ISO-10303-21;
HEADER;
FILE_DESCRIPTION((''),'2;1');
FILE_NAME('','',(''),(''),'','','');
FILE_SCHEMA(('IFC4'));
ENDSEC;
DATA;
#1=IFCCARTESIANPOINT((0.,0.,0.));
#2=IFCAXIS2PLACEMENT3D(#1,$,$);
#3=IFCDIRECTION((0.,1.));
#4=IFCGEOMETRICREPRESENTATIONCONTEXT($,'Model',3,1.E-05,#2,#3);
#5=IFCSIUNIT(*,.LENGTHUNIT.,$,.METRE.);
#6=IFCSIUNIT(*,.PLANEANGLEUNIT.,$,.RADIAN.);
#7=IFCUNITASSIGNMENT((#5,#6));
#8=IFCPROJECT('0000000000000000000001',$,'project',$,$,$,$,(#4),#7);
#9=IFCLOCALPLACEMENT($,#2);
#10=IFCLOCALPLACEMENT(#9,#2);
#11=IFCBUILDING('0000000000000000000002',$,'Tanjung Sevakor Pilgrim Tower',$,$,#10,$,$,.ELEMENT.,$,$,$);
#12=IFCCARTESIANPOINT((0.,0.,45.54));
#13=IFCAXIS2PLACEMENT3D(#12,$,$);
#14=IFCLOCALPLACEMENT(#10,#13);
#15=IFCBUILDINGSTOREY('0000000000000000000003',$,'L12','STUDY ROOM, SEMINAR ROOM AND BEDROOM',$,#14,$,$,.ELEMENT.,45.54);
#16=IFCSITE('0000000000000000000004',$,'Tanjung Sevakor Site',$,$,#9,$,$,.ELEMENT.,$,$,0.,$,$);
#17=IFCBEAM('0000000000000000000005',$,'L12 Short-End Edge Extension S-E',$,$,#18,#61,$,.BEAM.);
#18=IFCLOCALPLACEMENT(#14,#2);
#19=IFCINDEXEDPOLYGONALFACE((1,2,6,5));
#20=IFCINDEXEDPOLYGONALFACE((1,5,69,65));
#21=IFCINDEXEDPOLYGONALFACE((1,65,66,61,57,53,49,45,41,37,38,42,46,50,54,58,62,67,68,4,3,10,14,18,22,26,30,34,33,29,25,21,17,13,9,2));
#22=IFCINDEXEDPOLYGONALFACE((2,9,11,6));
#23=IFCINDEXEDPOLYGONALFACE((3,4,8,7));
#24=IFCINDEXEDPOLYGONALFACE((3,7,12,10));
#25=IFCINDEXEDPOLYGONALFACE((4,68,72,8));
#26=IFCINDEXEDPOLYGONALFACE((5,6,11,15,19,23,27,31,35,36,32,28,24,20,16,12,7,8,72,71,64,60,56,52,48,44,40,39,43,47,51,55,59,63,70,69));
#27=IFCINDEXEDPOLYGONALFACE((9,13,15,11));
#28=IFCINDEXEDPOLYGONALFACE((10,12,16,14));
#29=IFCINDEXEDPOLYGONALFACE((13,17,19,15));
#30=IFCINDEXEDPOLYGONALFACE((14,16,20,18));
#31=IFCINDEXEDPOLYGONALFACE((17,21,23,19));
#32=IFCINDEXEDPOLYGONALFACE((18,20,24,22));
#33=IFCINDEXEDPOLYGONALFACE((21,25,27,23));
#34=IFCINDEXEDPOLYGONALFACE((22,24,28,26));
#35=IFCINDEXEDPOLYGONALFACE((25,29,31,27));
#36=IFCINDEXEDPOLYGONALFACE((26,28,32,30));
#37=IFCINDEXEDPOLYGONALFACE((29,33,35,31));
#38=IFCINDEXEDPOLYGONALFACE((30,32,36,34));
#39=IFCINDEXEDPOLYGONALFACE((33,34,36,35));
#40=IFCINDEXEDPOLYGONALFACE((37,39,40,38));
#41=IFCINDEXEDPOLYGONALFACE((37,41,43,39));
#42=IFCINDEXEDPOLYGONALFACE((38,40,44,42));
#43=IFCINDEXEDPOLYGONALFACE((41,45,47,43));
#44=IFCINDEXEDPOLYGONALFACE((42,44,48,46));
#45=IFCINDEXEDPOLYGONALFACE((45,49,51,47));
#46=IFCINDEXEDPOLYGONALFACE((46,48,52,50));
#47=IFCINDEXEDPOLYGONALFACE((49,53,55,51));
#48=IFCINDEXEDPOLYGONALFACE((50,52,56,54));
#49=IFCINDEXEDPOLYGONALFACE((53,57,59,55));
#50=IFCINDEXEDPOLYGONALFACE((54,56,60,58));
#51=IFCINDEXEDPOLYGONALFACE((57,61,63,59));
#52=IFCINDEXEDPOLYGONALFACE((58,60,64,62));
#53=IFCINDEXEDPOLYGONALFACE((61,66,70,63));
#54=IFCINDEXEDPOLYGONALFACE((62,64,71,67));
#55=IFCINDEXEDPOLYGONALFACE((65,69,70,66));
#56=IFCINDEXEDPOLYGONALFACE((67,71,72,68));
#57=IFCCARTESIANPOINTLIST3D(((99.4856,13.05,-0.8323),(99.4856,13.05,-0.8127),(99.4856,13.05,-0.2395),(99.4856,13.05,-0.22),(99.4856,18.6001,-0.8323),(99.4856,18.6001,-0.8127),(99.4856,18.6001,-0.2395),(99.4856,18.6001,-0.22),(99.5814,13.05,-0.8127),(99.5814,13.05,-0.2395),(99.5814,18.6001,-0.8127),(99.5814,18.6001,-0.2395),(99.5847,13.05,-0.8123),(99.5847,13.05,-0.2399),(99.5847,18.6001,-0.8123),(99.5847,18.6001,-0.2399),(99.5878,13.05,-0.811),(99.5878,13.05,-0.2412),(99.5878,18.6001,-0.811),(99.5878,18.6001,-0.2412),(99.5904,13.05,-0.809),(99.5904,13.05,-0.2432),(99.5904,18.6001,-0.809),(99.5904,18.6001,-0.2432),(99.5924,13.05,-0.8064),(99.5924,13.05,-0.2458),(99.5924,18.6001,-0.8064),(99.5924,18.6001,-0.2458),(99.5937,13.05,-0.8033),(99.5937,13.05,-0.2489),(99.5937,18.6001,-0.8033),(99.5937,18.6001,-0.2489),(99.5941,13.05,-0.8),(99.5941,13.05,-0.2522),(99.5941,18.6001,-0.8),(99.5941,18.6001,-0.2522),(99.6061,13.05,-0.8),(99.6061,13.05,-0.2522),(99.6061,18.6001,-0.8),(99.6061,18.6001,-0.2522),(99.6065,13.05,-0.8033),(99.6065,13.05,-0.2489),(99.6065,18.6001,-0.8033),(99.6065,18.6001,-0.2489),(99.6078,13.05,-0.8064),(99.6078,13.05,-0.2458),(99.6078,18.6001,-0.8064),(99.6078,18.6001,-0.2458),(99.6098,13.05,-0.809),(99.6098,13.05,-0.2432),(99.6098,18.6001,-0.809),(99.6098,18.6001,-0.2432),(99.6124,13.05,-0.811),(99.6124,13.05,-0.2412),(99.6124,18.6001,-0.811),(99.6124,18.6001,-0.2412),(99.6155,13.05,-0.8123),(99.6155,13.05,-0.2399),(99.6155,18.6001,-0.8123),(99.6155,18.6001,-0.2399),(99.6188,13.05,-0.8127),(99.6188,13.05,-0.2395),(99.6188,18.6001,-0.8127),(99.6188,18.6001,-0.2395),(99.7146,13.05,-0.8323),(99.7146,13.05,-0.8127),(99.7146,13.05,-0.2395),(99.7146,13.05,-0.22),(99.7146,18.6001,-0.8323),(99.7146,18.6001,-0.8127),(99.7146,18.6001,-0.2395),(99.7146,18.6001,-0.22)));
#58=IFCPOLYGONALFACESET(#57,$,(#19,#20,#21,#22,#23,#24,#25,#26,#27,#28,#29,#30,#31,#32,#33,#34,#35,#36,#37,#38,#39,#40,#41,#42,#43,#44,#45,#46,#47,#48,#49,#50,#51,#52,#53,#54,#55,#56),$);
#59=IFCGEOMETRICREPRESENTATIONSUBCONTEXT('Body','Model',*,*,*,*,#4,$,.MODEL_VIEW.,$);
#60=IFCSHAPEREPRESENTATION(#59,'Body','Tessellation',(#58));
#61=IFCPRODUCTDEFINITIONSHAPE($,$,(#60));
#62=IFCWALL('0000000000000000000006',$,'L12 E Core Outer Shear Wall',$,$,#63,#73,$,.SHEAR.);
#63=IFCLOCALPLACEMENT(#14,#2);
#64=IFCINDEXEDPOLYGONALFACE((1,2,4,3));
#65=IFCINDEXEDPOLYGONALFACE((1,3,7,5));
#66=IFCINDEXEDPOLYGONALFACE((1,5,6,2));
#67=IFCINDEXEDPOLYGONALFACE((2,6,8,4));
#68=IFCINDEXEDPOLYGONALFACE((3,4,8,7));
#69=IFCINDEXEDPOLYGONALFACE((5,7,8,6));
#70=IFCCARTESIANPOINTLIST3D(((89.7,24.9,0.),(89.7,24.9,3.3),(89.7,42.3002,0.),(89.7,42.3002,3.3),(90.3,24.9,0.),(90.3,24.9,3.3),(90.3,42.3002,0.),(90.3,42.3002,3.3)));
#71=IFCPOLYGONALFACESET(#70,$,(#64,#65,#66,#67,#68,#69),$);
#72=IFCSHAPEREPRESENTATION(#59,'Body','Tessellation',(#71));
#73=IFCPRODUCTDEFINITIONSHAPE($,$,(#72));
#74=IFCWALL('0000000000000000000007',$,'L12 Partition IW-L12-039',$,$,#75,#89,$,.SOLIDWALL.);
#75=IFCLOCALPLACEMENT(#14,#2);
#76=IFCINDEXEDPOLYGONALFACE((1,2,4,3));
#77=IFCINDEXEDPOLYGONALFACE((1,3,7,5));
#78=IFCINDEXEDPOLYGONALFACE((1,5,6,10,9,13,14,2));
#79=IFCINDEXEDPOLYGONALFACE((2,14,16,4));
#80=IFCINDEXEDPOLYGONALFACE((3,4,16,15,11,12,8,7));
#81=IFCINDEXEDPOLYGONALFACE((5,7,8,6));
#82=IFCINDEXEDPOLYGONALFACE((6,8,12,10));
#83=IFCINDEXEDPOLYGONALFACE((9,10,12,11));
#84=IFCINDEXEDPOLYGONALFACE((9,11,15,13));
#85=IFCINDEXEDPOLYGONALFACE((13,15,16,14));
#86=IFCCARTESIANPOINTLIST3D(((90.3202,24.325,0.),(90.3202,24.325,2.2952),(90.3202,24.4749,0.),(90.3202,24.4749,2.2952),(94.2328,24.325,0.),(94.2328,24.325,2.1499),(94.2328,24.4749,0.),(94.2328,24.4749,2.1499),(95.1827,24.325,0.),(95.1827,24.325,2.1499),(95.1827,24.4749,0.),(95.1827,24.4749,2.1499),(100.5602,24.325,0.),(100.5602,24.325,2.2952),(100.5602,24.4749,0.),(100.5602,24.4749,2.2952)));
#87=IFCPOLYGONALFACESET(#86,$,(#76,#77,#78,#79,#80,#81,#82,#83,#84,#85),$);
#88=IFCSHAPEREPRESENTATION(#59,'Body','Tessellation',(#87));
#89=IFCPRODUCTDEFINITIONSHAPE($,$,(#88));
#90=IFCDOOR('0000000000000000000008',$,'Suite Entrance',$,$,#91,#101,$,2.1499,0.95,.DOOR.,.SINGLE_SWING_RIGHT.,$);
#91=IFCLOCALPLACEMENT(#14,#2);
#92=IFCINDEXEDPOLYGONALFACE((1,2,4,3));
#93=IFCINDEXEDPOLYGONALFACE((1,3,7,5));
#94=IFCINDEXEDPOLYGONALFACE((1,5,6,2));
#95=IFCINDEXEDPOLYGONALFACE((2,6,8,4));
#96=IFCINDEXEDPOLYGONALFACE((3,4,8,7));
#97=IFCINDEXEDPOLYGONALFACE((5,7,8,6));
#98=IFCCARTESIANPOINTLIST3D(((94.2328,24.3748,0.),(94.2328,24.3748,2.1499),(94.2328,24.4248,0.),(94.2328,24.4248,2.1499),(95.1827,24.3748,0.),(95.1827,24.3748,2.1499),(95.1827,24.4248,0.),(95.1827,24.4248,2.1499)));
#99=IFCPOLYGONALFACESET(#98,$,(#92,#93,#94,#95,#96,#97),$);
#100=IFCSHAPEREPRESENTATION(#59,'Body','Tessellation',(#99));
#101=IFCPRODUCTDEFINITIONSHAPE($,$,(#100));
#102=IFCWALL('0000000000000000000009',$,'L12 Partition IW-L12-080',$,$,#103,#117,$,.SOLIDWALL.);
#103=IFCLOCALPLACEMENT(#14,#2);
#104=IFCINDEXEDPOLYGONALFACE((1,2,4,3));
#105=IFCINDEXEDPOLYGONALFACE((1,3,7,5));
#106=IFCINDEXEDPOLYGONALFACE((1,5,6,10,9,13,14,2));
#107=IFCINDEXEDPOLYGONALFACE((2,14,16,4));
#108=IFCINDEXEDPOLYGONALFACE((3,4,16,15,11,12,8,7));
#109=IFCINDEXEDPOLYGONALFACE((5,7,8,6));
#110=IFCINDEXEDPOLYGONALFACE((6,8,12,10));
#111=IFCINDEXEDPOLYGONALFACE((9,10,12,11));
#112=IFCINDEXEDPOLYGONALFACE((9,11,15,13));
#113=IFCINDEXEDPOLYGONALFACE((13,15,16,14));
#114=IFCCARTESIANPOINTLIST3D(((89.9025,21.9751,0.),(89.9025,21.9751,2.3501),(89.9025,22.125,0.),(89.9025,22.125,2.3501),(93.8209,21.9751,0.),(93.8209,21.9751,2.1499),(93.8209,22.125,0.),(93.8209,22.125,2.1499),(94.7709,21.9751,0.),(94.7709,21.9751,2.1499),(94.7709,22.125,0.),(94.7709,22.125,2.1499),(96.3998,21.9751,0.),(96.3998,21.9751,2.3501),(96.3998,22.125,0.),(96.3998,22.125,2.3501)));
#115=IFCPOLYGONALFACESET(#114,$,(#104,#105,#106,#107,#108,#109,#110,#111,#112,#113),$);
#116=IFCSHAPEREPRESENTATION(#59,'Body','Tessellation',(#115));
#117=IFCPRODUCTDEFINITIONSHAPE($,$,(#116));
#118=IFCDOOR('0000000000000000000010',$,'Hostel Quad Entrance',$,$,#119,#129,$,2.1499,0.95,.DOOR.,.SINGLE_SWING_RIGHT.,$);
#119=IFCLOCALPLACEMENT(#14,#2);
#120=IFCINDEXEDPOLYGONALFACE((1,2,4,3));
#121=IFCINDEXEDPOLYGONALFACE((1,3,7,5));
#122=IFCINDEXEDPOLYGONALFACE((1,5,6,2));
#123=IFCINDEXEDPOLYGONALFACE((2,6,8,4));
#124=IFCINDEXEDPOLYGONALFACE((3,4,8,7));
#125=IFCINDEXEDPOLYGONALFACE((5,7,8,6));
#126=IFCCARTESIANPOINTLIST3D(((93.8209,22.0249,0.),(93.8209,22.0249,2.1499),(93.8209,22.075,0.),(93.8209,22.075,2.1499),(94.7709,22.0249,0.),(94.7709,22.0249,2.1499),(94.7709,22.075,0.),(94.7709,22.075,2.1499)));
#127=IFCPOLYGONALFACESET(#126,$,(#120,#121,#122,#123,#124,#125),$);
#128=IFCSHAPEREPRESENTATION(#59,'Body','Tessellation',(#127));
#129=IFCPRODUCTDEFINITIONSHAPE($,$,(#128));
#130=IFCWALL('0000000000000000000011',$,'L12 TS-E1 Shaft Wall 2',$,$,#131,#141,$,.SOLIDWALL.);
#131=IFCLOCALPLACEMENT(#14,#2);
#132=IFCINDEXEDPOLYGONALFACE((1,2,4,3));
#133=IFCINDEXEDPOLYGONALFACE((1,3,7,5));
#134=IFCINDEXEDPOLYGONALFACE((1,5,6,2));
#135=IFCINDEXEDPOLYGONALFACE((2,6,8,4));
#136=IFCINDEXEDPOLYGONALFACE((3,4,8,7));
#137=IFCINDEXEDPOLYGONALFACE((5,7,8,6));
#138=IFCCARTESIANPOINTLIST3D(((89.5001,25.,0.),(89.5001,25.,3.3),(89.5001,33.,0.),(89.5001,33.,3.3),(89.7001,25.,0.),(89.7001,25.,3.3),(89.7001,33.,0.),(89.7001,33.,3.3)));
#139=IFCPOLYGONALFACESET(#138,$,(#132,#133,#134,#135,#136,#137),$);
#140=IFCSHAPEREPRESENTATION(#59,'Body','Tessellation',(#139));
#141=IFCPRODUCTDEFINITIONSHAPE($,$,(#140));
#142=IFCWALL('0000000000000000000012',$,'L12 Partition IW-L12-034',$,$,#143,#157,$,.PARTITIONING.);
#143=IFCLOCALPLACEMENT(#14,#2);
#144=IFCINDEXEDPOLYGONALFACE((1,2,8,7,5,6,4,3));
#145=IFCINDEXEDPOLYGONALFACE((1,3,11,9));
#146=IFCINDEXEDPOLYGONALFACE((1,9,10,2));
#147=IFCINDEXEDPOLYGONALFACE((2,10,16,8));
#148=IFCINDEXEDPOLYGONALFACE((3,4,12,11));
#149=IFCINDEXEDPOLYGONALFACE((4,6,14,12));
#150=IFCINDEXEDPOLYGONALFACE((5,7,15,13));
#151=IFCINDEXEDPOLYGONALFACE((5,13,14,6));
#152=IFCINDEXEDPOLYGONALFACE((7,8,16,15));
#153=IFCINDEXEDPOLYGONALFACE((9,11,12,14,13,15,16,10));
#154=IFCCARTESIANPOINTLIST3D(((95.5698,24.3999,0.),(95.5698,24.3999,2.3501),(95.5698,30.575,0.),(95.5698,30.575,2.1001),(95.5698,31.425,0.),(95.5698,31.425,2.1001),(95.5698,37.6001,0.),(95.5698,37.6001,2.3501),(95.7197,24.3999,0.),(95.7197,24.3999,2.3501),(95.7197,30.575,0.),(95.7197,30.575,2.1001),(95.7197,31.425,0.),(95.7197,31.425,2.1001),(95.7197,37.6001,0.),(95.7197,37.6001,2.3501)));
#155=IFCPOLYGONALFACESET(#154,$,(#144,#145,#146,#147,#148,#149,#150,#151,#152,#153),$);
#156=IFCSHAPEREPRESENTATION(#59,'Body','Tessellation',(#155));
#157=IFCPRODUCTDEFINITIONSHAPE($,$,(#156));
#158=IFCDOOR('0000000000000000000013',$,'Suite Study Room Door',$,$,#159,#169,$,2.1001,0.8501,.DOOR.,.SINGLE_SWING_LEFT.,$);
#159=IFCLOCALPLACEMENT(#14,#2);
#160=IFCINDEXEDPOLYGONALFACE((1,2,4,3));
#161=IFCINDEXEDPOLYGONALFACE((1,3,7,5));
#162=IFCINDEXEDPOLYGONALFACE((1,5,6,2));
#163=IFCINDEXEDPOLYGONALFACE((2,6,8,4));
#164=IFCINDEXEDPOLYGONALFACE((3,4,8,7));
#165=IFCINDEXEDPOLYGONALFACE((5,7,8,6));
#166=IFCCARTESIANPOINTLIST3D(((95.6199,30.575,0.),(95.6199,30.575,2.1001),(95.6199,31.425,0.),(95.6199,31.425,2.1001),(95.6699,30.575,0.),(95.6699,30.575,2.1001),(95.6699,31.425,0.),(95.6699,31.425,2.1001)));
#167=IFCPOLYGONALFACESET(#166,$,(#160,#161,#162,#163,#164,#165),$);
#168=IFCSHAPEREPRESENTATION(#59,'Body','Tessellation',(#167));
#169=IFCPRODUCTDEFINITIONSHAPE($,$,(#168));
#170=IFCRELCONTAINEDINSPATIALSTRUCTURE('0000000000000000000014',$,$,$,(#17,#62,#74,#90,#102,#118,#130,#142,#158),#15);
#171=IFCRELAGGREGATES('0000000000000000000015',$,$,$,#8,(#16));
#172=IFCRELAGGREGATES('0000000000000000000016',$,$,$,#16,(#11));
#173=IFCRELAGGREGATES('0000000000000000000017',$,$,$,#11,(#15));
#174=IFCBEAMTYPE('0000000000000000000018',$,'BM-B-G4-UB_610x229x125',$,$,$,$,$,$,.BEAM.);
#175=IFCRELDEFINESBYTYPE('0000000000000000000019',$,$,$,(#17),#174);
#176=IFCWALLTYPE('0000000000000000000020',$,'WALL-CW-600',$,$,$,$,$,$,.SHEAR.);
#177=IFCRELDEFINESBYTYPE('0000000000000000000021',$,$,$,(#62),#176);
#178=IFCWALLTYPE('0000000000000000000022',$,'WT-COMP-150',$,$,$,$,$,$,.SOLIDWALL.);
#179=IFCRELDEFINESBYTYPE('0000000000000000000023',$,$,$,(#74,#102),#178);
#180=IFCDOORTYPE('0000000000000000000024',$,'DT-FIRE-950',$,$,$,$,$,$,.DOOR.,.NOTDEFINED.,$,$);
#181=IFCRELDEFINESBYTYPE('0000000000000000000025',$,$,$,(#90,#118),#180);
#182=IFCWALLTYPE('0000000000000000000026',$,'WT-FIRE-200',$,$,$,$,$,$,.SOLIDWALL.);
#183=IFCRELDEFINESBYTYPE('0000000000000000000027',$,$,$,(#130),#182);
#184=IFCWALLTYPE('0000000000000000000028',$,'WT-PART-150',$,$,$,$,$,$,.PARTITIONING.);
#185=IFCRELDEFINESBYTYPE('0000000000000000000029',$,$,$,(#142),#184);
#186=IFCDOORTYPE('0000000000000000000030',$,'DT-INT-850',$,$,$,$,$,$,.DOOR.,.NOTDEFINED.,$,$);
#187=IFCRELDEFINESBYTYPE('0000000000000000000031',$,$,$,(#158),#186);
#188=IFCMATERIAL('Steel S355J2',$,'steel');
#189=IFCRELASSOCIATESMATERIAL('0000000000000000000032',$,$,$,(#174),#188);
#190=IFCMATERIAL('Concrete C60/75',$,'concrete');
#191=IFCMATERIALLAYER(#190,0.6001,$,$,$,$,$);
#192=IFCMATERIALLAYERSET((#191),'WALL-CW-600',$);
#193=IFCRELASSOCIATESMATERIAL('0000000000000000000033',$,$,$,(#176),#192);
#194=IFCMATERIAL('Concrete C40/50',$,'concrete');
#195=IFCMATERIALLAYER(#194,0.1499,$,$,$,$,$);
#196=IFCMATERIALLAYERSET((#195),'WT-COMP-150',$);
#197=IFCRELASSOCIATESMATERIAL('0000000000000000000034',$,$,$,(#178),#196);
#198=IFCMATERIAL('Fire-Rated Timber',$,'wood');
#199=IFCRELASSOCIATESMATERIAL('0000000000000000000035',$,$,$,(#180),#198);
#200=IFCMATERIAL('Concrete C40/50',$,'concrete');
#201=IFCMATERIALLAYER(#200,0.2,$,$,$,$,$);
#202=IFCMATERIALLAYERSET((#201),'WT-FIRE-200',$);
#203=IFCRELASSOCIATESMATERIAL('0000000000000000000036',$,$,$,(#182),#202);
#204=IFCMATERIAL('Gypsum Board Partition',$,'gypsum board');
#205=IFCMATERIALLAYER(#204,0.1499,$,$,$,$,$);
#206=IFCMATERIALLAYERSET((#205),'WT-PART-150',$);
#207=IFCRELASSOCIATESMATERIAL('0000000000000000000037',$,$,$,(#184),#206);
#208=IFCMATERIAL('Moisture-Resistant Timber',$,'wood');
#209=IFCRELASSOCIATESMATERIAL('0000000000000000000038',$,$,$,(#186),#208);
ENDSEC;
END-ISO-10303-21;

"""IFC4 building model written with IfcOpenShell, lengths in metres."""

from ifc_helpers import new_model, si_unit, direction, frame, frame_2d, origin, origin_2d, place, context, subcontext, project, spatial, rectangle, i_section, extrude, material, layer, layer_set, material_profile, profile_set, type_object, element, fill, save


model = new_model("IFC4")

# Units and contexts
model_context = context("Model", 3, precision=1e-05, world=origin(), true_north=direction((0.0, 1.0)))
body_context = subcontext(model_context, "Body", "Model", "MODEL_VIEW")
ifc_project = project(units=[si_unit("LENGTHUNIT", "METRE"), si_unit("PLANEANGLEUNIT", "RADIAN")], contexts=[model_context])

# Site, building, storey
site_placement = place(None, origin())
site = spatial("IfcSite", under=ifc_project, at=site_placement, Name="Tanjung Sevakor Site", CompositionType="ELEMENT", RefElevation=0.0)
building_placement = place(site_placement, origin())
building = spatial("IfcBuilding", under=site, at=building_placement, Name="Tanjung Sevakor Pilgrim Tower", CompositionType="ELEMENT")
storey_placement = place(building_placement, frame((0.0, 0.0, 45.54)))
storey = spatial("IfcBuildingStorey", under=building, at=storey_placement, Name="L12", Description="STUDY ROOM, SEMINAR ROOM AND BEDROOM", CompositionType="ELEMENT", Elevation=45.54)

# Beam
ifc_material_1 = material(Name="Steel S355J2", Category="steel")
ifc_material_profile_1 = material_profile(ifc_material_1, i_section(OverallWidth=0.229, OverallDepth=0.6123, WebThickness=0.012, FlangeThickness=0.0195, FilletRadius=0.0127, at=origin_2d()))
ifc_profile_set_1 = profile_set([ifc_material_profile_1], Name="Steel S355J2")
beam_type_1 = type_object("IfcBeamType", Name="BM-B-G4-UB_610x229x125", PredefinedType="BEAM", material=ifc_profile_set_1)
beam_1_placement = place(storey_placement, frame((99.6001, 18.6001, -0.5261), z_axis=(0.0, -1.0, 0.0), x_axis=(1.0, 0.0, 0.0)))
element("IfcBeam", 1, at=beam_1_placement, inside=storey, type_object=beam_type_1, Name="L12 Short-End Edge Extension S-E", PredefinedType="BEAM", context=body_context, shape_type="SweptSolid", body=[
    extrude(i_section(OverallWidth=0.229, OverallDepth=0.6123, WebThickness=0.012, FlangeThickness=0.0195, FilletRadius=0.0127, at=origin_2d()), origin(), (0.0, 0.0, 1.0), 5.55),
])

# Wall
ifc_material_2 = material(Name="Concrete C60/75", Category="concrete")
ifc_layer_1 = layer(ifc_material_2, 0.6001)
ifc_layer_set_1 = layer_set([ifc_layer_1], Name="WALL-CW-600")
wall_type_1 = type_object("IfcWallType", Name="WALL-CW-600", PredefinedType="SHEAR", material=ifc_layer_set_1)
wall_1_placement = place(storey_placement, frame((90.0, 24.8999, 0.0), z_axis=(0.0, 0.0, 1.0), x_axis=(0.0, 1.0, 0.0)))
element("IfcWall", 2, at=wall_1_placement, inside=storey, type_object=wall_type_1, Name="L12 E Core Outer Shear Wall", PredefinedType="SHEAR", context=body_context, shape_type="SweptSolid", body=[
    extrude(rectangle(XDim=17.4001, YDim=0.6001, at=frame_2d((8.7002, 0.0))), origin(), (0.0, 0.0, 1.0), 3.3),
])

# Walls, openings, doors
ifc_material_3 = material(Name="Concrete C40/50", Category="concrete")
ifc_layer_2 = layer(ifc_material_3, 0.1499)
ifc_layer_set_2 = layer_set([ifc_layer_2], Name="WT-COMP-150")
wall_type_2 = type_object("IfcWallType", Name="WT-COMP-150", PredefinedType="SOLIDWALL", material=ifc_layer_set_2)
wall_2_placement = place(storey_placement, frame((90.3201, 24.3999, 0.0), z_axis=(0.0, 0.0, 1.0), x_axis=(1.0, 0.0, 0.0)))
wall_2 = element("IfcWall", 3, at=wall_2_placement, inside=storey, type_object=wall_type_2, Name="L12 Partition IW-L12-039", PredefinedType="SOLIDWALL", context=body_context, shape_type="SweptSolid", body=[
    extrude(rectangle(XDim=10.24, YDim=0.1499, at=frame_2d((5.1201, 0.0))), origin(), (0.0, 0.0, 1.0), 2.2952),
])
opening_1_placement = place(wall_2_placement, frame((3.9126, 0.0, 0.0)))
opening_1 = element("IfcOpeningElement", 4, at=opening_1_placement, cuts=wall_2, PredefinedType="OPENING", context=body_context, shape_type="SweptSolid", body=[
    extrude(rectangle(XDim=0.95, YDim=2.1499, at=frame_2d((0.4751, 1.075))), frame((0.0, 0.085, 0.0), z_axis=(0.0, -1.0, 0.0), x_axis=(1.0, 0.0, 0.0)), (0.0, 0.0, 1.0), 0.1699),
])
ifc_material_4 = material(Name="Fire-Rated Timber", Category="wood")
door_type_1 = type_object("IfcDoorType", Name="DT-FIRE-950", OperationType="NOTDEFINED", PredefinedType="DOOR", material=ifc_material_4)
door_1_placement = place(opening_1_placement, origin())
door_1 = element("IfcDoor", 5, at=door_1_placement, inside=storey, type_object=door_type_1, Name="Suite Entrance", OperationType="SINGLE_SWING_RIGHT", OverallHeight=2.1499, OverallWidth=0.95, PredefinedType="DOOR", context=body_context, shape_type="SweptSolid", body=[
    extrude(rectangle(XDim=0.95, YDim=2.1499, at=frame_2d((0.4751, 1.075))), frame((0.0, 0.0249, 0.0), z_axis=(0.0, -1.0, 0.0), x_axis=(1.0, 0.0, 0.0)), (0.0, 0.0, 1.0), 0.05),
])
fill(opening_1, door_1)
wall_3_placement = place(storey_placement, frame((89.9026, 22.05, 0.0), z_axis=(0.0, 0.0, 1.0), x_axis=(1.0, 0.0, 0.0)))
wall_3 = element("IfcWall", 6, at=wall_3_placement, inside=storey, type_object=wall_type_2, Name="L12 Partition IW-L12-080", PredefinedType="SOLIDWALL", context=body_context, shape_type="SweptSolid", body=[
    extrude(rectangle(XDim=6.4973, YDim=0.1499, at=frame_2d((3.2485, 0.0))), origin(), (0.0, 0.0, 1.0), 2.3501),
])
opening_2_placement = place(wall_3_placement, frame((3.9182, 0.0, 0.0)))
opening_2 = element("IfcOpeningElement", 7, at=opening_2_placement, cuts=wall_3, PredefinedType="OPENING", context=body_context, shape_type="SweptSolid", body=[
    extrude(rectangle(XDim=0.95, YDim=2.1499, at=frame_2d((0.4751, 1.075))), frame((0.0, 0.085, 0.0), z_axis=(0.0, -1.0, 0.0), x_axis=(1.0, 0.0, 0.0)), (0.0, 0.0, 1.0), 0.1699),
])
door_2_placement = place(opening_2_placement, origin())
door_2 = element("IfcDoor", 8, at=door_2_placement, inside=storey, type_object=door_type_1, Name="Hostel Quad Entrance", OperationType="SINGLE_SWING_RIGHT", OverallHeight=2.1499, OverallWidth=0.95, PredefinedType="DOOR", context=body_context, shape_type="SweptSolid", body=[
    extrude(rectangle(XDim=0.95, YDim=2.1499, at=frame_2d((0.4751, 1.075))), frame((0.0, 0.0249, 0.0), z_axis=(0.0, -1.0, 0.0), x_axis=(1.0, 0.0, 0.0)), (0.0, 0.0, 1.0), 0.05),
])
fill(opening_2, door_2)

# Wall
ifc_material_5 = material(Name="Concrete C40/50", Category="concrete")
ifc_layer_3 = layer(ifc_material_5, 0.2)
ifc_layer_set_3 = layer_set([ifc_layer_3], Name="WT-FIRE-200")
wall_type_3 = type_object("IfcWallType", Name="WT-FIRE-200", PredefinedType="SOLIDWALL", material=ifc_layer_set_3)
wall_4_placement = place(storey_placement, frame((89.6001, 25.0, 0.0), z_axis=(0.0, 0.0, 1.0), x_axis=(0.0, 1.0, 0.0)))
element("IfcWall", 9, at=wall_4_placement, inside=storey, type_object=wall_type_3, Name="L12 TS-E1 Shaft Wall 2", PredefinedType="SOLIDWALL", context=body_context, shape_type="SweptSolid", body=[
    extrude(rectangle(XDim=8.0, YDim=0.2, at=frame_2d((4.0, 0.0))), origin(), (0.0, 0.0, 1.0), 3.3),
])

# Wall, opening, door
ifc_material_6 = material(Name="Gypsum Board Partition", Category="gypsum board")
ifc_layer_4 = layer(ifc_material_6, 0.1499)
ifc_layer_set_4 = layer_set([ifc_layer_4], Name="WT-PART-150")
wall_type_4 = type_object("IfcWallType", Name="WT-PART-150", PredefinedType="PARTITIONING", material=ifc_layer_set_4)
wall_5_placement = place(storey_placement, frame((95.6448, 24.3999, 0.0), z_axis=(0.0, 0.0, 1.0), x_axis=(0.0, 1.0, 0.0)))
wall_5 = element("IfcWall", 10, at=wall_5_placement, inside=storey, type_object=wall_type_4, Name="L12 Partition IW-L12-034", PredefinedType="PARTITIONING", context=body_context, shape_type="SweptSolid", body=[
    extrude(rectangle(XDim=13.2002, YDim=0.1499, at=frame_2d((6.6001, 0.0))), origin(), (0.0, 0.0, 1.0), 2.3501),
])
opening_3_placement = place(wall_5_placement, frame((6.175, 0.0, 0.0)))
opening_3 = element("IfcOpeningElement", 11, at=opening_3_placement, cuts=wall_5, PredefinedType="OPENING", context=body_context, shape_type="SweptSolid", body=[
    extrude(rectangle(XDim=0.8501, YDim=2.1001, at=frame_2d((0.425, 1.05))), frame((0.0, 0.085, 0.0), z_axis=(0.0, -1.0, 0.0), x_axis=(1.0, 0.0, 0.0)), (0.0, 0.0, 1.0), 0.1699),
])
ifc_material_7 = material(Name="Moisture-Resistant Timber", Category="wood")
door_type_2 = type_object("IfcDoorType", Name="DT-INT-850", OperationType="NOTDEFINED", PredefinedType="DOOR", material=ifc_material_7)
door_3_placement = place(opening_3_placement, origin())
door_3 = element("IfcDoor", 12, at=door_3_placement, inside=storey, type_object=door_type_2, Name="Suite Study Room Door", OperationType="SINGLE_SWING_LEFT", OverallHeight=2.1001, OverallWidth=0.8501, PredefinedType="DOOR", context=body_context, shape_type="SweptSolid", body=[
    extrude(rectangle(XDim=0.8501, YDim=2.1001, at=frame_2d((0.425, 1.05))), frame((0.0, 0.0249, 0.0), z_axis=(0.0, -1.0, 0.0), x_axis=(1.0, 0.0, 0.0)), (0.0, 0.0, 1.0), 0.05),
])
fill(opening_3, door_3)

save(model, "model.ifc")
